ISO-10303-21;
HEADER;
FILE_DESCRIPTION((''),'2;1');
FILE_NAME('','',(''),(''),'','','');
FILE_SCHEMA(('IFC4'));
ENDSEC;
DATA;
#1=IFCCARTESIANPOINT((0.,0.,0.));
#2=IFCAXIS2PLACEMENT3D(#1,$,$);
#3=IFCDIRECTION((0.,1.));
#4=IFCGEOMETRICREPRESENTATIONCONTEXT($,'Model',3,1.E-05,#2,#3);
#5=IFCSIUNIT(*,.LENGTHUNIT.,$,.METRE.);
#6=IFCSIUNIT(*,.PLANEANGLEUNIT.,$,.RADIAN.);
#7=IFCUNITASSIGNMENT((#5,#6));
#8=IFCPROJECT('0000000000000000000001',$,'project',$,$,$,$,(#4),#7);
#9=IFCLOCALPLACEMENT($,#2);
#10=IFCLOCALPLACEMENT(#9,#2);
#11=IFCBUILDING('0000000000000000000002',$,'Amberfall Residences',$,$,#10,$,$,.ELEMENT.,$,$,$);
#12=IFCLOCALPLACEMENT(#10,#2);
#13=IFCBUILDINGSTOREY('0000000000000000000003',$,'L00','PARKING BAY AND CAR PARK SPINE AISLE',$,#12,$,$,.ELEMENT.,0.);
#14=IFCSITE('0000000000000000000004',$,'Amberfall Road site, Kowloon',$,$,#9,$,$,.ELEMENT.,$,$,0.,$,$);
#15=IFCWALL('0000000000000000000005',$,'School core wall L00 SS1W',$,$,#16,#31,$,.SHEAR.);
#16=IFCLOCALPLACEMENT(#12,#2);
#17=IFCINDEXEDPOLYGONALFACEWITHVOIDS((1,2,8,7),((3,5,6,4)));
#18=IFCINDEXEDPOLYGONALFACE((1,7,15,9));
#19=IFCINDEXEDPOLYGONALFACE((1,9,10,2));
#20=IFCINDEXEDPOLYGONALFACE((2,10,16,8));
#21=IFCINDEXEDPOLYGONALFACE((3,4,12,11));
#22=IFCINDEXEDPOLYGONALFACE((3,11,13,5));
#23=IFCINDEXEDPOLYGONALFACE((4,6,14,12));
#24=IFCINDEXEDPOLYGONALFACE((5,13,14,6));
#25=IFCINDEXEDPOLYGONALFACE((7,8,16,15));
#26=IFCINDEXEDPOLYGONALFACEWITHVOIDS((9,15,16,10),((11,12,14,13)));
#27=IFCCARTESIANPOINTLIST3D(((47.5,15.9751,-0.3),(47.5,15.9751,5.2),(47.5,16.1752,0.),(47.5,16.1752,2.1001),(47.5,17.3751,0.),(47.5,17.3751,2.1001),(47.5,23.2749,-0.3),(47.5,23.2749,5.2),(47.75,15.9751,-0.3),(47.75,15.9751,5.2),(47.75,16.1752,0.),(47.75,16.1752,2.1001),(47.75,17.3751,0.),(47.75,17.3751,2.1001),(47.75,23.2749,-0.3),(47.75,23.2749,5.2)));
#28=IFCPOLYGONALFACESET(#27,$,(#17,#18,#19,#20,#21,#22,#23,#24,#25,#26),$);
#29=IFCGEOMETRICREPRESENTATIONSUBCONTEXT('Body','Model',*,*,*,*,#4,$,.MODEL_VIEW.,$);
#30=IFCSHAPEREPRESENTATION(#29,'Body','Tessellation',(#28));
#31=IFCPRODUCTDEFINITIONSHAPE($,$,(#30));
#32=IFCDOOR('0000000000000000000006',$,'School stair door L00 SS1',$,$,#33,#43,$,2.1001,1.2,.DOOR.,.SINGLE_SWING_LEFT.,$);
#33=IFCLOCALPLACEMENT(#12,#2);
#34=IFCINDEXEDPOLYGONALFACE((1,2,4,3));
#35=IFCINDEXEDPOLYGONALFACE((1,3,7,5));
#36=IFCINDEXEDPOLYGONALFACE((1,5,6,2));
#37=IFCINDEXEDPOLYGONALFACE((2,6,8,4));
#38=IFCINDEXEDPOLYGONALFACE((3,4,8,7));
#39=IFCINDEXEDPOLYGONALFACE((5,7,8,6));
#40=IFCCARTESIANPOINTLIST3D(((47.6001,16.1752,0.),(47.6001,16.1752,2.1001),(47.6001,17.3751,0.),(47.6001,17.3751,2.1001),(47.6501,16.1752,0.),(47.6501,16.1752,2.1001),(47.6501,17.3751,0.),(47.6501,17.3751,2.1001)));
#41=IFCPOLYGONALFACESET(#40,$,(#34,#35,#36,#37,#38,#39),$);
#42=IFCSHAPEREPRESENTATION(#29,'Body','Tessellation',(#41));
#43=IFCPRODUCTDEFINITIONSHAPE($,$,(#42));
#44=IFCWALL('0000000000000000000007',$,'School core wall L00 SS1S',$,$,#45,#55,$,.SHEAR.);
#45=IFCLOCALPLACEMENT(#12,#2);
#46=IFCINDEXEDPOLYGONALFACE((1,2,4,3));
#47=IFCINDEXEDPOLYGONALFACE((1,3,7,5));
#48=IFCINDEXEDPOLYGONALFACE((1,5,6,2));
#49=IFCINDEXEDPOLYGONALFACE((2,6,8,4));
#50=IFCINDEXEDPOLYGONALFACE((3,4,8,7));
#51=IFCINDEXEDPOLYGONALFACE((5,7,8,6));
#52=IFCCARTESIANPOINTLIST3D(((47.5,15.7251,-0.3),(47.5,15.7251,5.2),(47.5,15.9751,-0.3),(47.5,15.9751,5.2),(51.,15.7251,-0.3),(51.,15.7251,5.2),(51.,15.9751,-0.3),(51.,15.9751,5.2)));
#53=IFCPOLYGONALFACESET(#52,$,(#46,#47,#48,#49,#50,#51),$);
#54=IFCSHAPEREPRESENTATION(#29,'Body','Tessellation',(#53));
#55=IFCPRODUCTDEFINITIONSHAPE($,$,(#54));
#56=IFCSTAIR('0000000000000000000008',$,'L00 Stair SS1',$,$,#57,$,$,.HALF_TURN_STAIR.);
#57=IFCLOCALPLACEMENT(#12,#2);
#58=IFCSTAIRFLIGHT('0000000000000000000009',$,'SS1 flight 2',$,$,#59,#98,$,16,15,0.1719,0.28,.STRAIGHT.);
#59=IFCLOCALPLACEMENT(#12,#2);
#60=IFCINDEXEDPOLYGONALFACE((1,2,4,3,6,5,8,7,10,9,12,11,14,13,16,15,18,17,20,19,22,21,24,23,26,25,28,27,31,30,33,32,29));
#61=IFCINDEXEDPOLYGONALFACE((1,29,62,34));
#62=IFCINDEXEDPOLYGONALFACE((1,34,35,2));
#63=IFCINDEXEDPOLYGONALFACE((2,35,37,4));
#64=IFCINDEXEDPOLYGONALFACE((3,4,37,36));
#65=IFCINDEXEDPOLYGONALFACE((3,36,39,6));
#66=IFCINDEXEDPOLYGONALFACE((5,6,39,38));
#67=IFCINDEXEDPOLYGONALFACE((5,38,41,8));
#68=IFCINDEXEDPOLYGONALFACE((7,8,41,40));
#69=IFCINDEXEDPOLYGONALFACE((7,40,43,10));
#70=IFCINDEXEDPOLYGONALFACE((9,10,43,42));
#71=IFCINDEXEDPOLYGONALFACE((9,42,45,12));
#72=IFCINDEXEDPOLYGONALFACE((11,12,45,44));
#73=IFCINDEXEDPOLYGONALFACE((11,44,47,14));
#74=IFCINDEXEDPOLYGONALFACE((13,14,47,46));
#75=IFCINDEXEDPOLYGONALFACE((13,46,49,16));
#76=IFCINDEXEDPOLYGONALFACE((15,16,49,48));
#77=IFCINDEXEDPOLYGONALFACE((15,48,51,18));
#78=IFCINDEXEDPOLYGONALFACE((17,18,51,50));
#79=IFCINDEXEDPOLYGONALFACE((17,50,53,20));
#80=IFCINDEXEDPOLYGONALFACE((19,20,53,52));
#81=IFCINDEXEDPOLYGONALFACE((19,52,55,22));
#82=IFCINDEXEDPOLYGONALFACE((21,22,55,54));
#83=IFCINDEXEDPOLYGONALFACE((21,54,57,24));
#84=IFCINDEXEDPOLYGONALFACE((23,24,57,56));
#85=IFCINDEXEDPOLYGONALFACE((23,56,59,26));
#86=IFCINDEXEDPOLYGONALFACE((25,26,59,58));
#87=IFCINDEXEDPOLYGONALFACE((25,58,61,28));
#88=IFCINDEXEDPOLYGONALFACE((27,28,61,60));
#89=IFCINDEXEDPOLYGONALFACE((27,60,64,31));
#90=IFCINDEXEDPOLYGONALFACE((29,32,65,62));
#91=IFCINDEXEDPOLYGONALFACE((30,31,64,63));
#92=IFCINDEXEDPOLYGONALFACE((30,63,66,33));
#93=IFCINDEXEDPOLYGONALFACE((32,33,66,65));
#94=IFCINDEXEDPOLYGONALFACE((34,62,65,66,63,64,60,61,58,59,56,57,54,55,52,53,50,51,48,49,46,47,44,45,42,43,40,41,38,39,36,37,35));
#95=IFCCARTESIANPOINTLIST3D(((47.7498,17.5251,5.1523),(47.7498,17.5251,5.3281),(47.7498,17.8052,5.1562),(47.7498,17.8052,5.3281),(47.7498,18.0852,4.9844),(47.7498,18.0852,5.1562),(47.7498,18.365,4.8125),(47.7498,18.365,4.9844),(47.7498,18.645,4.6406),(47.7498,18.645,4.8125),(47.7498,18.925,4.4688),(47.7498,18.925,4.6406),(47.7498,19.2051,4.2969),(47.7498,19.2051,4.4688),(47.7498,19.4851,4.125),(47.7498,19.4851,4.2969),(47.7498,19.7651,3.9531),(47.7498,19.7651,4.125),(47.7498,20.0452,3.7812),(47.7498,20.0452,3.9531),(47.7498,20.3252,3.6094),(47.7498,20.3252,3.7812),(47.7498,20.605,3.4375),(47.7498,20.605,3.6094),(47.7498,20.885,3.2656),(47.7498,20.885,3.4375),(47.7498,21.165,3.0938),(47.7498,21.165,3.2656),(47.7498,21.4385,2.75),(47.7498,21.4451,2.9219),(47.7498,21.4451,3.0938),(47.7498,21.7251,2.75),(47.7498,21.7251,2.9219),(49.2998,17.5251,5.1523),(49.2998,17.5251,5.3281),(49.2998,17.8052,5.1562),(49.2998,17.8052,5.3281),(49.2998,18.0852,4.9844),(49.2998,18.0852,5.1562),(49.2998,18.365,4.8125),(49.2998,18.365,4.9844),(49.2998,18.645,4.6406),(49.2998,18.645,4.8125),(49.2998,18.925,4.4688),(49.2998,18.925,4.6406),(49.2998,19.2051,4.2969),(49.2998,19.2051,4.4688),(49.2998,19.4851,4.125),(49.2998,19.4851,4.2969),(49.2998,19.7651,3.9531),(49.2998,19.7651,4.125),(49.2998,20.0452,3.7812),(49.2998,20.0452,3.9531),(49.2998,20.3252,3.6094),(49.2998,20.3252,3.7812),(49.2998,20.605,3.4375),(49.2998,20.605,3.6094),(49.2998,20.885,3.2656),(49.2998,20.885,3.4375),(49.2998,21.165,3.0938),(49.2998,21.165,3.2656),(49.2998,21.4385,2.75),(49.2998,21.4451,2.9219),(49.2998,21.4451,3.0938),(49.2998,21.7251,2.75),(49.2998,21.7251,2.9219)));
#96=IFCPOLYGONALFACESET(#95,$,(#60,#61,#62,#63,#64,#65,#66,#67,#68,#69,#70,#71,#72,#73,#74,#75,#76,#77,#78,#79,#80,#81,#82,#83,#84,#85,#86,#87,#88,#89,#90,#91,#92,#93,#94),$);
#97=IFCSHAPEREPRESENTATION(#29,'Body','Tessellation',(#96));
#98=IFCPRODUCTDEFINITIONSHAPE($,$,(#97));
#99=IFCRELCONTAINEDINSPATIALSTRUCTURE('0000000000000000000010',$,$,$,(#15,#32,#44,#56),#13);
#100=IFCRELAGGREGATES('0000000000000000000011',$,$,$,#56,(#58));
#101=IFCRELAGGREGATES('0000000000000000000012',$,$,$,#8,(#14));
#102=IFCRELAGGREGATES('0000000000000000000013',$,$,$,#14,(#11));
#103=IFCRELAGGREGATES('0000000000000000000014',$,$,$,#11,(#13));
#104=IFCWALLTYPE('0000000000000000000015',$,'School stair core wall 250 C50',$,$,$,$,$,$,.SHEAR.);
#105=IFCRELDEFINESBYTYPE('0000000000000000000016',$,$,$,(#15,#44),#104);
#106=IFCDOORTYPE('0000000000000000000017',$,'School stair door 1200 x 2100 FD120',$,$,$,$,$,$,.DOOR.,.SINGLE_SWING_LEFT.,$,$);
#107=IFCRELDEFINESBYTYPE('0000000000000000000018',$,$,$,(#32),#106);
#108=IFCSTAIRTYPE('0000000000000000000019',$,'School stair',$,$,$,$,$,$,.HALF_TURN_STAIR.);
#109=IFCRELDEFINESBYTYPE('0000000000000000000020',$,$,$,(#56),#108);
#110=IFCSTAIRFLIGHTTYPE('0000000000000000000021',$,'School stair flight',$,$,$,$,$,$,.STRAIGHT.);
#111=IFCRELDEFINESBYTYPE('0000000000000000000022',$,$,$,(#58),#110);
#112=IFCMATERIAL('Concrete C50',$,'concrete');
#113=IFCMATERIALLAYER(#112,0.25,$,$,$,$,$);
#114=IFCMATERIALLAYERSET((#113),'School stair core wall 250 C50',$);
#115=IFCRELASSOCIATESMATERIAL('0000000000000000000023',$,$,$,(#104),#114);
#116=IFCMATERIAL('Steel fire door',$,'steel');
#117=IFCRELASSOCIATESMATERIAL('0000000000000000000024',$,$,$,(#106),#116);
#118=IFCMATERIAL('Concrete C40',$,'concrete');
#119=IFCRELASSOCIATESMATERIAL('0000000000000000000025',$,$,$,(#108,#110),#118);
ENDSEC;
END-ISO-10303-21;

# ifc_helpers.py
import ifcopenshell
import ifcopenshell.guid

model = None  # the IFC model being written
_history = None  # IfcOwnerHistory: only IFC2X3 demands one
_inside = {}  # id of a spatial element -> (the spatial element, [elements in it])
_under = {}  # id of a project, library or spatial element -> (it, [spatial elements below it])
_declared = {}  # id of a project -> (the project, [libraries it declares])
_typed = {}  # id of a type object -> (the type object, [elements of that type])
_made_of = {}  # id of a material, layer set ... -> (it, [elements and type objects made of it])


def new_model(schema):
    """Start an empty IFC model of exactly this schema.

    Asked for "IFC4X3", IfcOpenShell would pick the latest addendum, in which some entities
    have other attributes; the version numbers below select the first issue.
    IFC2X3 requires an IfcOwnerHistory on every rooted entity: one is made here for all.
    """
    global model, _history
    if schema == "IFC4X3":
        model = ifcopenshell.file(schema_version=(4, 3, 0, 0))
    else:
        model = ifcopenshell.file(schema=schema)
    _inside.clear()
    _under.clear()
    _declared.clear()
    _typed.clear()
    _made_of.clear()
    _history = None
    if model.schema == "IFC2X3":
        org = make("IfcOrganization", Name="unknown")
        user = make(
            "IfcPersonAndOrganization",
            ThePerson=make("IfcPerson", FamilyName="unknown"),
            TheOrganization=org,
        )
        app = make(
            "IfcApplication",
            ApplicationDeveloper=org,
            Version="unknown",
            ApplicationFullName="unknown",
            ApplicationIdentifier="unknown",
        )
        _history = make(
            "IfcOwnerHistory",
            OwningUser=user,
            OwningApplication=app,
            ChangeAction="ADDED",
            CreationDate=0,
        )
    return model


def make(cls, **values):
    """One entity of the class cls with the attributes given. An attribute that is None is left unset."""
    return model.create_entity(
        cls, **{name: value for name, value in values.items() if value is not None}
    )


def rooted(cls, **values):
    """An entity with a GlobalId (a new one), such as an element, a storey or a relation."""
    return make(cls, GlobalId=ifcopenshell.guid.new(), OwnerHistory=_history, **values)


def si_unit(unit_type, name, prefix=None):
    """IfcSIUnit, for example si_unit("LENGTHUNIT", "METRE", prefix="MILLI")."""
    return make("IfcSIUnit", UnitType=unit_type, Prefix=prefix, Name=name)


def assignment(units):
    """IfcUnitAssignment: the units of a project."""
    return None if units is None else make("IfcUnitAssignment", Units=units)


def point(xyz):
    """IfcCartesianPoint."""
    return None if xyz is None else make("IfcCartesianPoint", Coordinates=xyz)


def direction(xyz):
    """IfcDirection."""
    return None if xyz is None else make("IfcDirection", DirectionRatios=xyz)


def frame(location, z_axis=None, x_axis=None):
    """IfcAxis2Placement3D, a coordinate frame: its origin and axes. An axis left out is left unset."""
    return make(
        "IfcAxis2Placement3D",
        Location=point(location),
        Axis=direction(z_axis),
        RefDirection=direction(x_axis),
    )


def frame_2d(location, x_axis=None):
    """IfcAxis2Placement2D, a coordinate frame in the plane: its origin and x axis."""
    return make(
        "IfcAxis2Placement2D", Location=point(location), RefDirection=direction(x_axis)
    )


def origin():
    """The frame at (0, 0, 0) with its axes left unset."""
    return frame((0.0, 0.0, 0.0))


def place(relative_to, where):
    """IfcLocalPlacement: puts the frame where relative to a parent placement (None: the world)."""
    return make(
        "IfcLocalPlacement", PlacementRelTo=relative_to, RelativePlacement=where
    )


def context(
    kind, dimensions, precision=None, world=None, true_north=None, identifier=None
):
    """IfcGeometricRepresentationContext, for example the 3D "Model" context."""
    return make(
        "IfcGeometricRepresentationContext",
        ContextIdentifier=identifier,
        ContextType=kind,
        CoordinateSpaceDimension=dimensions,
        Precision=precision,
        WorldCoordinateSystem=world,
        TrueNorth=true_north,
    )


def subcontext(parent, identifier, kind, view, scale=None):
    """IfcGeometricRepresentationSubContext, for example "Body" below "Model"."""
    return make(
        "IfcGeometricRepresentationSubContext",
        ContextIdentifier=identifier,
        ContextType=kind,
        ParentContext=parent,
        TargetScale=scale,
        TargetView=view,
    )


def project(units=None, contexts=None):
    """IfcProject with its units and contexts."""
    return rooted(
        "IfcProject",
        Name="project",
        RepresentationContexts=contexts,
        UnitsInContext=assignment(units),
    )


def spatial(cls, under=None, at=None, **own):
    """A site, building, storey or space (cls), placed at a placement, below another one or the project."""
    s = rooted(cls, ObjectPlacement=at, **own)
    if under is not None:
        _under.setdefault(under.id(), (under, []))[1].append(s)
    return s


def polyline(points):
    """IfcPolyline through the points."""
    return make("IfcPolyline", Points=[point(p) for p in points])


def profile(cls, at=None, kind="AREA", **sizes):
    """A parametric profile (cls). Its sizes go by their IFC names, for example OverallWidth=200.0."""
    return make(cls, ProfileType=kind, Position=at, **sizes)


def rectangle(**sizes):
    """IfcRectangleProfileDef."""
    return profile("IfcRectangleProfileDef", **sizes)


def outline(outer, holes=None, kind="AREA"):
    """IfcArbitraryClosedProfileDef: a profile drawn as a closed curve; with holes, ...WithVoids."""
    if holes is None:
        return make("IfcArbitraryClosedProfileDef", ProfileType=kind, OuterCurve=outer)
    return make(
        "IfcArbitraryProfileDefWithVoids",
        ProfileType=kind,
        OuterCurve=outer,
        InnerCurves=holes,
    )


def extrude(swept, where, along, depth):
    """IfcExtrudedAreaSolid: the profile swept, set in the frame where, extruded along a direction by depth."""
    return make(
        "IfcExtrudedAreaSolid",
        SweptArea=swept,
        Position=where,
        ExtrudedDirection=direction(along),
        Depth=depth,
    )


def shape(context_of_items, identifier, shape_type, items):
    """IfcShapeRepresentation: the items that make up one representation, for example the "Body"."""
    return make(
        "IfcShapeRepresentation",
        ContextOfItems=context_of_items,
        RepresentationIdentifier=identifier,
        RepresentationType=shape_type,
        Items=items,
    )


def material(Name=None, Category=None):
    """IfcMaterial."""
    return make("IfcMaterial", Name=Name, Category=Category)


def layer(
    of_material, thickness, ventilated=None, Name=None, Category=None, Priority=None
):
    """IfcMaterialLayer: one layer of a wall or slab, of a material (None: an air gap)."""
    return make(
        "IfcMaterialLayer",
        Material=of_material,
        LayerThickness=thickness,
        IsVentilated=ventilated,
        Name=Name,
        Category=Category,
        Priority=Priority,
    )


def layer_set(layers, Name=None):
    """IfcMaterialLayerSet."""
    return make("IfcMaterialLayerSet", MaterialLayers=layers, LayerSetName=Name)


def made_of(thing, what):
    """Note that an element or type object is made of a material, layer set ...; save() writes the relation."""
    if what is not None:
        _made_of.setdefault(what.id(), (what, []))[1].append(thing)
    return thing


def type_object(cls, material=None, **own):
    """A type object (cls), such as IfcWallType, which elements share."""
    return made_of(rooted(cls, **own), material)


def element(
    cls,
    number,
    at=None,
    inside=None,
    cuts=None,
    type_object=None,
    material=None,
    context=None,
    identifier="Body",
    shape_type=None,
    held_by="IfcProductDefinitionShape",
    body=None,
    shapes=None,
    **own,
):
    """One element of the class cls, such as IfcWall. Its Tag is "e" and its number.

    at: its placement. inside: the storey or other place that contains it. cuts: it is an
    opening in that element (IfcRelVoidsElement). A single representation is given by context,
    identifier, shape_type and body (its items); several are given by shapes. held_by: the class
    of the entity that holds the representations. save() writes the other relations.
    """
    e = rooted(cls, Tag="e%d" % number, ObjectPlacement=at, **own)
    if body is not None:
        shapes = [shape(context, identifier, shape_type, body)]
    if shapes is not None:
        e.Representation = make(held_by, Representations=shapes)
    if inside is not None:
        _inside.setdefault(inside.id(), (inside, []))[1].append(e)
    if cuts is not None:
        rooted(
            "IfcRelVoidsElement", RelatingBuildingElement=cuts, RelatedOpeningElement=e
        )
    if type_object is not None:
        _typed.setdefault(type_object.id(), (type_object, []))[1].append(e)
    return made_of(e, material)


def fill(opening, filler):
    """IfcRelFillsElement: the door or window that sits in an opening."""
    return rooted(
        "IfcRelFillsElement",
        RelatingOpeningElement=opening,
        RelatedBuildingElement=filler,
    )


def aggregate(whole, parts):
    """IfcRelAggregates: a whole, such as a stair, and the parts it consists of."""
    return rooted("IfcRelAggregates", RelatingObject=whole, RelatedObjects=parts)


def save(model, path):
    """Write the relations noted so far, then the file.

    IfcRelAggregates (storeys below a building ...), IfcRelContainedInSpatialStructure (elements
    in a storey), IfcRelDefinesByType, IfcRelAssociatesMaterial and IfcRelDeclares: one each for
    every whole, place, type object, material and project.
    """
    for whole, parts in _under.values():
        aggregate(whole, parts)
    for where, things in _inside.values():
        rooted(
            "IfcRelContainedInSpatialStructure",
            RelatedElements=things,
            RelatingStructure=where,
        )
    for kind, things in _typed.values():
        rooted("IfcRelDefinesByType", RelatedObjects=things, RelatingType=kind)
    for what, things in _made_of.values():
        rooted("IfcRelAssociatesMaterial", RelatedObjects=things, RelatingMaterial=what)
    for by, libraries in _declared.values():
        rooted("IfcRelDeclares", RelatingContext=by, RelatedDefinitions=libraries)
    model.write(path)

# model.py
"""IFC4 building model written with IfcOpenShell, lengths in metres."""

from ifc_helpers import new_model, si_unit, direction, frame, frame_2d, origin, place, context, subcontext, project, spatial, polyline, rectangle, outline, extrude, material, layer, layer_set, type_object, element, fill, aggregate, save


model = new_model("IFC4")

# Units and contexts
model_context = context("Model", 3, precision=1e-05, world=origin(), true_north=direction((0.0, 1.0)))
body_context = subcontext(model_context, "Body", "Model", "MODEL_VIEW")
ifc_project = project(units=[si_unit("LENGTHUNIT", "METRE"), si_unit("PLANEANGLEUNIT", "RADIAN")], contexts=[model_context])

# Site, building, storey
site_placement = place(None, origin())
site = spatial("IfcSite", under=ifc_project, at=site_placement, Name="Amberfall Road site, Kowloon", CompositionType="ELEMENT", RefElevation=0.0)
building_placement = place(site_placement, origin())
building = spatial("IfcBuilding", under=site, at=building_placement, Name="Amberfall Residences", CompositionType="ELEMENT")
storey_placement = place(building_placement, origin())
storey = spatial("IfcBuildingStorey", under=building, at=storey_placement, Name="L00", Description="PARKING BAY AND CAR PARK SPINE AISLE", CompositionType="ELEMENT", Elevation=0.0)

# Wall, opening, door
ifc_material_1 = material(Name="Concrete C50", Category="concrete")
ifc_layer_1 = layer(ifc_material_1, 0.25)
ifc_layer_set_1 = layer_set([ifc_layer_1], Name="School stair core wall 250 C50")
wall_type_1 = type_object("IfcWallType", Name="School stair core wall 250 C50", PredefinedType="SHEAR", material=ifc_layer_set_1)
wall_1_placement = place(storey_placement, frame((47.625, 15.9751, -0.3), z_axis=(0.0, 0.0, 1.0), x_axis=(0.0, 1.0, 0.0)))
wall_1 = element("IfcWall", 1, at=wall_1_placement, inside=storey, type_object=wall_type_1, Name="School core wall L00 SS1W", PredefinedType="SHEAR", context=body_context, shape_type="SweptSolid", body=[
    extrude(rectangle(XDim=7.2998, YDim=0.25, at=frame_2d((3.6499, 0.0))), origin(), (0.0, 0.0, 1.0), 5.5),
])
opening_1_placement = place(wall_1_placement, frame((0.2, 0.0, 0.3)))
opening_1 = element("IfcOpeningElement", 2, at=opening_1_placement, cuts=wall_1, PredefinedType="OPENING", context=body_context, shape_type="SweptSolid", body=[
    extrude(rectangle(XDim=1.2, YDim=2.1001, at=frame_2d((0.6001, 1.05))), frame((0.0, 0.135, 0.0), z_axis=(0.0, -1.0, 0.0), x_axis=(1.0, 0.0, 0.0)), (0.0, 0.0, 1.0), 0.27),
])
ifc_material_2 = material(Name="Steel fire door", Category="steel")
door_type_1 = type_object("IfcDoorType", Name="School stair door 1200 x 2100 FD120", OperationType="SINGLE_SWING_LEFT", PredefinedType="DOOR", material=ifc_material_2)
door_1_placement = place(opening_1_placement, origin())
door_1 = element("IfcDoor", 3, at=door_1_placement, inside=storey, type_object=door_type_1, Name="School stair door L00 SS1", OperationType="SINGLE_SWING_LEFT", OverallHeight=2.1001, OverallWidth=1.2, PredefinedType="DOOR", context=body_context, shape_type="SweptSolid", body=[
    extrude(rectangle(XDim=1.2, YDim=2.1001, at=frame_2d((0.6001, 1.05))), frame((0.0, 0.0249, 0.0), z_axis=(0.0, -1.0, 0.0), x_axis=(1.0, 0.0, 0.0)), (0.0, 0.0, 1.0), 0.05),
])
fill(opening_1, door_1)

# Wall
wall_2_placement = place(storey_placement, frame((47.5, 15.8501, -0.3), z_axis=(0.0, 0.0, 1.0), x_axis=(1.0, 0.0, 0.0)))
element("IfcWall", 4, at=wall_2_placement, inside=storey, type_object=wall_type_1, Name="School core wall L00 SS1S", PredefinedType="SHEAR", context=body_context, shape_type="SweptSolid", body=[
    extrude(rectangle(XDim=3.5, YDim=0.25, at=frame_2d((1.75, 0.0))), origin(), (0.0, 0.0, 1.0), 5.5),
])

# Stair, stair flight
ifc_material_3 = material(Name="Concrete C40", Category="concrete")
stair_type = type_object("IfcStairType", Name="School stair", PredefinedType="HALF_TURN_STAIR", material=ifc_material_3)
stair_placement = place(storey_placement, origin())
stair = element("IfcStair", 5, at=stair_placement, inside=storey, type_object=stair_type, Name="L00 Stair SS1", PredefinedType="HALF_TURN_STAIR")
stair_flight_type = type_object("IfcStairFlightType", Name="School stair flight", PredefinedType="STRAIGHT", material=ifc_material_3)
stair_flight_placement = place(storey_placement, frame((48.5249, 21.7251, 2.75), z_axis=(0.0, 0.0, 1.0), x_axis=(0.0, -1.0, 0.0)))
stair_flight = element("IfcStairFlight", 6, at=stair_flight_placement, type_object=stair_flight_type, Name="SS1 flight 2", NumberOfRisers=16, NumberOfTreads=15, PredefinedType="STRAIGHT", RiserHeight=0.1719, TreadLength=0.28, context=body_context, shape_type="SweptSolid", body=[
    extrude(outline(polyline([(0.0, 0.0), (0.0, 0.1719), (0.28, 0.1719), (0.28, 0.3438), (0.5601, 0.3438), (0.5601, 0.5156), (0.8401, 0.5156), (0.8401, 0.6875), (1.1201, 0.6875), (1.1201, 0.8594), (1.3999, 0.8594), (1.3999, 1.0312), (1.6799, 1.0312), (1.6799, 1.2031), (1.96, 1.2031), (1.96, 1.375), (2.24, 1.375), (2.24, 1.5469), (2.52, 1.5469), (2.52, 1.7188), (2.8, 1.7188), (2.8, 1.8906), (3.0801, 1.8906), (3.0801, 2.0625), (3.3601, 2.0625), (3.3601, 2.2344), (3.6399, 2.2344), (3.6399, 2.4062), (3.9199, 2.4062), (3.9199, 2.5781), (4.2, 2.5781), (4.2, 2.75), (4.2, 2.4023), (0.2866, 0.0), (0.0, 0.0)])), frame((0.0, 0.7749, 0.0), z_axis=(0.0, -1.0, 0.0), x_axis=(1.0, 0.0, 0.0)), (0.0, 0.0, 1.0), 1.55),
])
aggregate(stair, [stair_flight])

save(model, "model.ifc")
